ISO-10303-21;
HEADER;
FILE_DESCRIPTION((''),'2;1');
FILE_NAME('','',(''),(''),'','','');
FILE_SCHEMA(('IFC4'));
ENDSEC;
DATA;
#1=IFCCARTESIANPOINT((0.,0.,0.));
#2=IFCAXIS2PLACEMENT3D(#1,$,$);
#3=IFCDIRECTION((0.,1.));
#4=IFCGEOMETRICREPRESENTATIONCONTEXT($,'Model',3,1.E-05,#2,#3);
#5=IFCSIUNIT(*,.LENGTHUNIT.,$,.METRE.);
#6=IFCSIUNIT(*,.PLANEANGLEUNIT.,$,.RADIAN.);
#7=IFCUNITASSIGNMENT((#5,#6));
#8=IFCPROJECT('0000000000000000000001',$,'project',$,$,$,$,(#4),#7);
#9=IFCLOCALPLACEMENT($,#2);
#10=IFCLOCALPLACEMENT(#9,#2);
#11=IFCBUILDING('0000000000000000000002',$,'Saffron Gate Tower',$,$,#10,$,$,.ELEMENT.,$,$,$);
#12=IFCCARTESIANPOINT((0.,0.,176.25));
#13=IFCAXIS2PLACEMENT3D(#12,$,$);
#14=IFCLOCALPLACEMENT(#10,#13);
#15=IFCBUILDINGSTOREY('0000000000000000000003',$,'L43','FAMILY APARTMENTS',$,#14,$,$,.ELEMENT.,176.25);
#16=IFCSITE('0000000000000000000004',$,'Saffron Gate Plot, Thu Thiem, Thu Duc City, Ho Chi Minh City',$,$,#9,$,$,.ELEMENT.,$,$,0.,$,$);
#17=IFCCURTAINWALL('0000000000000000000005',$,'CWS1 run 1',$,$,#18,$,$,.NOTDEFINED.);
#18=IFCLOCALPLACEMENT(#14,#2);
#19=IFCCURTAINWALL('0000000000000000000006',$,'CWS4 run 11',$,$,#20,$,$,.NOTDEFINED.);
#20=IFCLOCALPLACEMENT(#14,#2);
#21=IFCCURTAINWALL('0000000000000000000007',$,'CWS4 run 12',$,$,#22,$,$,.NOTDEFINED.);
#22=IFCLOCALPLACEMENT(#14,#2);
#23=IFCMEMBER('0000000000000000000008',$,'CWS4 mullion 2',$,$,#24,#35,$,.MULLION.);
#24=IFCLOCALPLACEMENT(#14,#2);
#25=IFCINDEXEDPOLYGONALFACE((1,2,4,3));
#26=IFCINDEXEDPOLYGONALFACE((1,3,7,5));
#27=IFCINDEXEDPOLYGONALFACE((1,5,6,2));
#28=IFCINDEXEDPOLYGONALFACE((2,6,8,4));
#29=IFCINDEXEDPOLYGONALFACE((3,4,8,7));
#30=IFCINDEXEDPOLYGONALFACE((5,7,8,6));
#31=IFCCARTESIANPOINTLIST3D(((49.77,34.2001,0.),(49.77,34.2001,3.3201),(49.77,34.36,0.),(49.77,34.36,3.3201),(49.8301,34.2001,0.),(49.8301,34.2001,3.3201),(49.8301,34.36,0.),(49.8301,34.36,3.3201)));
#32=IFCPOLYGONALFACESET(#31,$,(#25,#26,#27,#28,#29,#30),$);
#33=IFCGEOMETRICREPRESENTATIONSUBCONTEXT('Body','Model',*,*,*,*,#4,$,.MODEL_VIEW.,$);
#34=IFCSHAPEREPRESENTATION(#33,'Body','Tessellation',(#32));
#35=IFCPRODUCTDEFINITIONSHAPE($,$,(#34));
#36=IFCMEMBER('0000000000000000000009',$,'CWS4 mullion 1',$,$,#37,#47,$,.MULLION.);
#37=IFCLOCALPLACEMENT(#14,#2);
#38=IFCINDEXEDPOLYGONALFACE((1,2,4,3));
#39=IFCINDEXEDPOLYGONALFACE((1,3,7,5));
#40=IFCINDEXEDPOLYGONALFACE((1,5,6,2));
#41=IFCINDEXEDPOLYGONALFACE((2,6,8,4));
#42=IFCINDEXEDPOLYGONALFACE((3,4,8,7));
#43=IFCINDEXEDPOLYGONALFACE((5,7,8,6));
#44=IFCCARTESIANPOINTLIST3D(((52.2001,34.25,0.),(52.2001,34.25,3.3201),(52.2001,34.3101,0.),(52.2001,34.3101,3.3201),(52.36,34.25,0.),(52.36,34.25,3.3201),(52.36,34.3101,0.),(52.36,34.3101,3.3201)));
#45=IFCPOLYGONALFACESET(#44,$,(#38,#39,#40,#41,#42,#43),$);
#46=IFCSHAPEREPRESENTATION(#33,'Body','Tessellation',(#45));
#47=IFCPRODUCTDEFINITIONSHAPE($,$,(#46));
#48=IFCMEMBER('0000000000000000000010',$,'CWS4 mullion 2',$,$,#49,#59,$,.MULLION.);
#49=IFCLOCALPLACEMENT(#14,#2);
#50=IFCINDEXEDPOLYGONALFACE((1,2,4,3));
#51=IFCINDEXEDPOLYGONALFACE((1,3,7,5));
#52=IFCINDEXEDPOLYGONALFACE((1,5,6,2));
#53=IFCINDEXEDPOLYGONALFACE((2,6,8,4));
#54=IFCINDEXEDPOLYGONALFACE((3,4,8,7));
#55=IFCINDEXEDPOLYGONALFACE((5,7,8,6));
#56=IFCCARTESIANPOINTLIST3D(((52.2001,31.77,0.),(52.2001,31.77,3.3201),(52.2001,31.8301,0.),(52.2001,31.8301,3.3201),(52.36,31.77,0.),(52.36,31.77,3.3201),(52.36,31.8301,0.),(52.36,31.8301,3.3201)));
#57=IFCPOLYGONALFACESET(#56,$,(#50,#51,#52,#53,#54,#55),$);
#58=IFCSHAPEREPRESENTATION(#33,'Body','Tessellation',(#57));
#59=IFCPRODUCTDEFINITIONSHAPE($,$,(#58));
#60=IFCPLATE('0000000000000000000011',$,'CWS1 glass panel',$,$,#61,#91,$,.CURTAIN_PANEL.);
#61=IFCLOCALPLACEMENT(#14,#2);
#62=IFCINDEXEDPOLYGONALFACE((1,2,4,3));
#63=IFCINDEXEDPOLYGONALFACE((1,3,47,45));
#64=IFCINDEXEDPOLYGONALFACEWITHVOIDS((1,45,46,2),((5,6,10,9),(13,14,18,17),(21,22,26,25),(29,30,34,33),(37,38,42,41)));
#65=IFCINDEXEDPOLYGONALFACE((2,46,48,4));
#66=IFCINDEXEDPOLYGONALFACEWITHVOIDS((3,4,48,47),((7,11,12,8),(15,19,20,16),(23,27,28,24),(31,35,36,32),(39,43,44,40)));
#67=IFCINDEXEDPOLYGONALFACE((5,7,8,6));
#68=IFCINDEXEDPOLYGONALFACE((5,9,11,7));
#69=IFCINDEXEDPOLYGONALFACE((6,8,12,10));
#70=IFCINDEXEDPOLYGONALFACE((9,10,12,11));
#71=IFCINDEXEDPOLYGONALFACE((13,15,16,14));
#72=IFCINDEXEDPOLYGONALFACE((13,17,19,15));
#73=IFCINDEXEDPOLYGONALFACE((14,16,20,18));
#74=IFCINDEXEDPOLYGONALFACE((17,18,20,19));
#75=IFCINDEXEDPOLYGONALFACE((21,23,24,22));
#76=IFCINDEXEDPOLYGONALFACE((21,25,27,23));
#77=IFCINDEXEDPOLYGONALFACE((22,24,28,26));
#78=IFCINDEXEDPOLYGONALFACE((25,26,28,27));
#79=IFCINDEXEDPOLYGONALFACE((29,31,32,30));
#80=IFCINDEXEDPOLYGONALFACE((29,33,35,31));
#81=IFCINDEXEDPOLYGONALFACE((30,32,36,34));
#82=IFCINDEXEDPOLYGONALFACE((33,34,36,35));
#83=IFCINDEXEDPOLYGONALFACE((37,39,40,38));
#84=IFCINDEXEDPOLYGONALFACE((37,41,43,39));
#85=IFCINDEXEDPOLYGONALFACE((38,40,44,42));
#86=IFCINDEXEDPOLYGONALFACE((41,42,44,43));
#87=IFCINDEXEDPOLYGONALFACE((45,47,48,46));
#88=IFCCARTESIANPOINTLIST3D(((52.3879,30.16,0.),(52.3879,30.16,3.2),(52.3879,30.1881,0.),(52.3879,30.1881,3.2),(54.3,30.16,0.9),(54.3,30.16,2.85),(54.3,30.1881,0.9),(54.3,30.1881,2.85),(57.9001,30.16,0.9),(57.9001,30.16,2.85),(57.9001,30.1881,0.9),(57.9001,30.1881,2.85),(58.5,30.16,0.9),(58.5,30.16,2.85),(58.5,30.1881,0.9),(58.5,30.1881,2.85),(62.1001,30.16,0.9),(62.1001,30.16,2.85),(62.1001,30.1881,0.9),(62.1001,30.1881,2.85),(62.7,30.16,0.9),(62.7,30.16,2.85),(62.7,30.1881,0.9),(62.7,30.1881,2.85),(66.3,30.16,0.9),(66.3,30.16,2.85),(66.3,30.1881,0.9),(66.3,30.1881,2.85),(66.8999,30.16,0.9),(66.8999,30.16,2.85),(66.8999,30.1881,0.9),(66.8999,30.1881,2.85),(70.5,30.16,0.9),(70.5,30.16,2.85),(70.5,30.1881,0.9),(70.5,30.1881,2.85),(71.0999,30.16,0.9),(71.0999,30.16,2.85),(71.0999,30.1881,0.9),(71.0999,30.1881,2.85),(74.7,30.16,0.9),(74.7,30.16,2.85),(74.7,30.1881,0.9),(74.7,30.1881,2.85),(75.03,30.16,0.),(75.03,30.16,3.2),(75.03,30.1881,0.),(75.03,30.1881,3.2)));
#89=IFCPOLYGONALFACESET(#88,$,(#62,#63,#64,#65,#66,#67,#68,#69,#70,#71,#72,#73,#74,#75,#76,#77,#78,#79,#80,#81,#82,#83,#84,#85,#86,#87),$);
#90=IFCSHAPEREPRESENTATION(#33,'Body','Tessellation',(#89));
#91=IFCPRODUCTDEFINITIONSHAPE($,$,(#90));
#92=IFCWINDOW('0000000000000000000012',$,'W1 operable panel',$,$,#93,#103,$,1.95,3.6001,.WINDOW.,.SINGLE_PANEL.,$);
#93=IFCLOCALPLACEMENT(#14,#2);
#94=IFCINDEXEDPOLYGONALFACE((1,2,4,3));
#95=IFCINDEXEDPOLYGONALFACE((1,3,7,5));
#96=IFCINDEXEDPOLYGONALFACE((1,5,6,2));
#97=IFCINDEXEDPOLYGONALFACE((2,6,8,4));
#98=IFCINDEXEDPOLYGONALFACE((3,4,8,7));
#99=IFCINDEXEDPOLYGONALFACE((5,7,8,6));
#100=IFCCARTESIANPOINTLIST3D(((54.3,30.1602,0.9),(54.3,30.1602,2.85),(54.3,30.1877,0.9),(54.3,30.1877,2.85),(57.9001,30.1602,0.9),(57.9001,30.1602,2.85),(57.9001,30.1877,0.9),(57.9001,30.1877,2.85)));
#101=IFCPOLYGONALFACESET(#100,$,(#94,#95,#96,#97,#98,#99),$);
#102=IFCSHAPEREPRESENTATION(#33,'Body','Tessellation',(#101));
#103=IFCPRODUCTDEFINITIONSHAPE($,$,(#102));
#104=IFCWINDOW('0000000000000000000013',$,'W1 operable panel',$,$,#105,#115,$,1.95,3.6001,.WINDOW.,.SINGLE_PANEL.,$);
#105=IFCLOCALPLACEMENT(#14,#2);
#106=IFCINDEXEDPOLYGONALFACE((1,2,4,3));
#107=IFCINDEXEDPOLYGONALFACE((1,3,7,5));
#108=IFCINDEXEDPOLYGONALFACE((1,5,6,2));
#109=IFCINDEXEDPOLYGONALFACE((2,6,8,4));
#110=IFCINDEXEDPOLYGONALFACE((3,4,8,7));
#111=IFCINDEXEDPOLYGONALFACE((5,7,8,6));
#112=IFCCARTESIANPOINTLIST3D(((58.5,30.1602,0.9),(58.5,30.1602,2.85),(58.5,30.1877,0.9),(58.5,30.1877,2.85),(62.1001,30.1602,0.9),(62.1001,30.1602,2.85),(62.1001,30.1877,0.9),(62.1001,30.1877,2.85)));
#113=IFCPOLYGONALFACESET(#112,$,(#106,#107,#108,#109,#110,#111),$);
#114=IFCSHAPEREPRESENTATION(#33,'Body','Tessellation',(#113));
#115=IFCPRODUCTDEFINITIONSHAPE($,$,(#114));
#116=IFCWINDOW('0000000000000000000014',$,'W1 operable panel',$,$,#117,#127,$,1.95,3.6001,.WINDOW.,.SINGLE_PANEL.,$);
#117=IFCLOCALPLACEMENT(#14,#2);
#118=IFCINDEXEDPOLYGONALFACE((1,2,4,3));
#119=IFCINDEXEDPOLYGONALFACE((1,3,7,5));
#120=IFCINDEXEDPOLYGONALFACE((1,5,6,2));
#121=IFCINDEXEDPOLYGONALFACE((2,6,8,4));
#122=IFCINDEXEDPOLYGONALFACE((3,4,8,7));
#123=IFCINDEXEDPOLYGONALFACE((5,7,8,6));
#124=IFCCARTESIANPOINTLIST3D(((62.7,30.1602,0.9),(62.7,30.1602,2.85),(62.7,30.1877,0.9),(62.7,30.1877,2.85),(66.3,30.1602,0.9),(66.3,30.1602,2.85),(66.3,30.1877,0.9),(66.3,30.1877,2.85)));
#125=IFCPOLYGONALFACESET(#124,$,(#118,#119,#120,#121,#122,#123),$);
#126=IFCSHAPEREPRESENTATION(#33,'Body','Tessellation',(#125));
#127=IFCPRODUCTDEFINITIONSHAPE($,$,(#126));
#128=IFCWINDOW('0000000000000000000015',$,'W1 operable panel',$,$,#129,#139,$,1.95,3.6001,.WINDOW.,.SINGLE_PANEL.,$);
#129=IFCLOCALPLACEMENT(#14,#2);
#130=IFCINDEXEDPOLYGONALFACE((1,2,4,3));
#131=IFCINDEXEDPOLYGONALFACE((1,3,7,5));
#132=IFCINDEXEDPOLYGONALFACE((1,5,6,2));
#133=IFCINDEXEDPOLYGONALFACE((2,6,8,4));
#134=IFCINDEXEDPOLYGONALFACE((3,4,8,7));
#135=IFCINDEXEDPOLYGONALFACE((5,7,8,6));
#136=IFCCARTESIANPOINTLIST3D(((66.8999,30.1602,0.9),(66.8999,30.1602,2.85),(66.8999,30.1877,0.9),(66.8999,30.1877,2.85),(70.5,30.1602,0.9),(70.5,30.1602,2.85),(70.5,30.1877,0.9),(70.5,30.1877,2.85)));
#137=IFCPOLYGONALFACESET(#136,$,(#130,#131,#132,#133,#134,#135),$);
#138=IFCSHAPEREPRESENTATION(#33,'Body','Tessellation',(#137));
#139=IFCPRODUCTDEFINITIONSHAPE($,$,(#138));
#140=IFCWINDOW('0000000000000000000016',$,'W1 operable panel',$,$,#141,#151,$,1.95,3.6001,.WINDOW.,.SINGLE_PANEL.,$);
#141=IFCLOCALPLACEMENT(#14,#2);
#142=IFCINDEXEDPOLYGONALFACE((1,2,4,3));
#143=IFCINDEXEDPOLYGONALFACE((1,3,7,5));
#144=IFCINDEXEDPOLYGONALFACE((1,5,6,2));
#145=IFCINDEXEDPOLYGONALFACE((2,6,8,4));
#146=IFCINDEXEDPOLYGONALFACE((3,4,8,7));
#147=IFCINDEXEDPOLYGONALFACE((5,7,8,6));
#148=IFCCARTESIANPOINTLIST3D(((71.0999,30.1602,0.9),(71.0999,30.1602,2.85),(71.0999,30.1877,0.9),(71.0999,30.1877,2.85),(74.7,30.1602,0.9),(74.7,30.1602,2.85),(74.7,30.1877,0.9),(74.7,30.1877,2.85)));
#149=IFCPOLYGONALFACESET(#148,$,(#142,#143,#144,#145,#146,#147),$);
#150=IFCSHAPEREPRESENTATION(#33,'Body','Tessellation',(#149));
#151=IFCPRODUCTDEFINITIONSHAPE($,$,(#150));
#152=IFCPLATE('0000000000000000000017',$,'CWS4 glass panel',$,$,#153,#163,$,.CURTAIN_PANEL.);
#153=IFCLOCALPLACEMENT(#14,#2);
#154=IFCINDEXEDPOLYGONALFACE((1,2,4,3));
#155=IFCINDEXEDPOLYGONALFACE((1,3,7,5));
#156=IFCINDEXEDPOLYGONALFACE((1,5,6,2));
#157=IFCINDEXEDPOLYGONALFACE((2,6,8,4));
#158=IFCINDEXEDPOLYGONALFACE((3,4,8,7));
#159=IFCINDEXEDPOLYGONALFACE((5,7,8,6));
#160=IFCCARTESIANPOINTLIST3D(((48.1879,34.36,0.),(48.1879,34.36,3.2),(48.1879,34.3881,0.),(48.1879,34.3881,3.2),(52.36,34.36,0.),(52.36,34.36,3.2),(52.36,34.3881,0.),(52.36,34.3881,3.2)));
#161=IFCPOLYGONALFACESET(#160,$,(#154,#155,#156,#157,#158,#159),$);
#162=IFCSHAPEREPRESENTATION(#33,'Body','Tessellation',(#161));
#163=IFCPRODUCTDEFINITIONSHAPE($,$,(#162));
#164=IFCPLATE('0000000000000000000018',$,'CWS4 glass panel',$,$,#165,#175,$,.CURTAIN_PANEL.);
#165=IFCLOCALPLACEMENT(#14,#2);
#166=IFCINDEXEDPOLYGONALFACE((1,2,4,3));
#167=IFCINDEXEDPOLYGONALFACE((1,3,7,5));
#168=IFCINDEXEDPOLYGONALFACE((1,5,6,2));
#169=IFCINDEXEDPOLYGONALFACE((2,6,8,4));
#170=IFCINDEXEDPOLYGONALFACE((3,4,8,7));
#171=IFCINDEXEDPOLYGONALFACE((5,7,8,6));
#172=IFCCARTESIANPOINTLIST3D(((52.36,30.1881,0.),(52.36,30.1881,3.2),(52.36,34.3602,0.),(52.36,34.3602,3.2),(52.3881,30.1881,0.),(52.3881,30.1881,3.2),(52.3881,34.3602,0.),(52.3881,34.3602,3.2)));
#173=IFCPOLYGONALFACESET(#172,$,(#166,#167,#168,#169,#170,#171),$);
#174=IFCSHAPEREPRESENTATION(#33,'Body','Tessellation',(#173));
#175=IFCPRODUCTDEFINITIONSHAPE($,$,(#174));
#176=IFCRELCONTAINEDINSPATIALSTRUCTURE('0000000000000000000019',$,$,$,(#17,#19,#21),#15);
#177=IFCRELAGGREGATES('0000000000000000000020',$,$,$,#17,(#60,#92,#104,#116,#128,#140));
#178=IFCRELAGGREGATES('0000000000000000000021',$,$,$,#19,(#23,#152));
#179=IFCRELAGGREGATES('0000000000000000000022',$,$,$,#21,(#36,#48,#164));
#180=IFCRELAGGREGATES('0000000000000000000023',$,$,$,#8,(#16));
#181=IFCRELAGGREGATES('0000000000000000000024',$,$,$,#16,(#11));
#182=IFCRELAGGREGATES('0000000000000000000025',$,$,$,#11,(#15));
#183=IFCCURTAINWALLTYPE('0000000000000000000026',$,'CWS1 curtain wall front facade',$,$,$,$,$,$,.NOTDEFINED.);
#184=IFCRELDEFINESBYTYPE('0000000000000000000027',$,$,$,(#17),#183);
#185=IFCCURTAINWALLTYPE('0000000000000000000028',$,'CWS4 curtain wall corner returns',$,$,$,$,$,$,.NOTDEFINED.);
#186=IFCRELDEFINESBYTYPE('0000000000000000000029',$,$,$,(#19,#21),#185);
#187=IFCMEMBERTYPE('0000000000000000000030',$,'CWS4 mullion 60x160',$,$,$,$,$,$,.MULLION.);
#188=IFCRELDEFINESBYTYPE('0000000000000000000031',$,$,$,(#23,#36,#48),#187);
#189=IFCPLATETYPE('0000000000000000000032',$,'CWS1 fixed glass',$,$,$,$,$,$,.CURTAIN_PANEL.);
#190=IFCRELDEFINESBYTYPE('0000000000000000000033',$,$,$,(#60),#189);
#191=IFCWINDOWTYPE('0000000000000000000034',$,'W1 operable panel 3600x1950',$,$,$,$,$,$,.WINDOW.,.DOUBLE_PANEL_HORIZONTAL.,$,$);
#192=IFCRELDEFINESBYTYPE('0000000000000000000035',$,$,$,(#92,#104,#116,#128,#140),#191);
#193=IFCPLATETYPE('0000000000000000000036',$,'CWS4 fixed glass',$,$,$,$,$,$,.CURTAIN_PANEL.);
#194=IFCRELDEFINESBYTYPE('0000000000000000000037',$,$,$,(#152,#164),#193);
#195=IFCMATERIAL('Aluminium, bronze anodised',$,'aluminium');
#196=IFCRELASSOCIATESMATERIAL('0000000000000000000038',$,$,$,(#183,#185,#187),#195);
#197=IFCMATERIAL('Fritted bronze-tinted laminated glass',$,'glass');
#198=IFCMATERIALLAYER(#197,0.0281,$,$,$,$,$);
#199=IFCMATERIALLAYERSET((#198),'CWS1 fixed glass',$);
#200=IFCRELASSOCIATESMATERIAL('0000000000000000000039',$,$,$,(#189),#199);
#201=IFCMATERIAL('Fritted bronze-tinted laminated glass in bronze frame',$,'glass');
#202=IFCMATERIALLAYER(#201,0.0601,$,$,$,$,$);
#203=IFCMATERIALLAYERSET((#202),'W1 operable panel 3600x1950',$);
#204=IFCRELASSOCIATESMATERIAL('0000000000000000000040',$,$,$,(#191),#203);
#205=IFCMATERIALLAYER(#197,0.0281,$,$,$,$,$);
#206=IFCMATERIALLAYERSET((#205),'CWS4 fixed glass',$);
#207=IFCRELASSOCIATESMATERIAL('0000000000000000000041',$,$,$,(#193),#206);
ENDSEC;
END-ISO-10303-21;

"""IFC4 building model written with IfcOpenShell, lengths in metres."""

from ifc_helpers import new_model, si_unit, direction, frame, frame_2d, origin, origin_2d, place, context, subcontext, project, spatial, rectangle, extrude, material, layer, layer_set, material_profile, profile_set, type_object, element, fill, aggregate, save


model = new_model("IFC4")

# Units and contexts
model_context = context("Model", 3, precision=1e-05, world=origin(), true_north=direction((0.0, 1.0)))
body_context = subcontext(model_context, "Body", "Model", "MODEL_VIEW")
ifc_project = project(units=[si_unit("LENGTHUNIT", "METRE"), si_unit("PLANEANGLEUNIT", "RADIAN")], contexts=[model_context])

# Site, building, storey
site_placement = place(None, origin())
site = spatial("IfcSite", under=ifc_project, at=site_placement, Name="Saffron Gate Plot, Thu Thiem, Thu Duc City, Ho Chi Minh City", CompositionType="ELEMENT", RefElevation=0.0)
building_placement = place(site_placement, origin())
building = spatial("IfcBuilding", under=site, at=building_placement, Name="Saffron Gate Tower", CompositionType="ELEMENT")
storey_placement = place(building_placement, frame((0.0, 0.0, 176.25)))
storey = spatial("IfcBuildingStorey", under=building, at=storey_placement, Name="L43", Description="FAMILY APARTMENTS", CompositionType="ELEMENT", Elevation=176.25)

# Curtain wall
ifc_material_1 = material(Name="Aluminium, bronze anodised", Category="aluminium")
curtain_wall_type_1 = type_object("IfcCurtainWallType", Name="CWS1 curtain wall front facade", PredefinedType="NOTDEFINED", material=ifc_material_1)
curtain_wall_1_placement = place(storey_placement, origin())
curtain_wall_1 = element("IfcCurtainWall", 1, at=curtain_wall_1_placement, inside=storey, type_object=curtain_wall_type_1, Name="CWS1 run 1", PredefinedType="NOTDEFINED")

# Curtain walls
curtain_wall_type_2 = type_object("IfcCurtainWallType", Name="CWS4 curtain wall corner returns", PredefinedType="NOTDEFINED", material=ifc_material_1)
curtain_wall_2_placement = place(storey_placement, origin())
curtain_wall_2 = element("IfcCurtainWall", 2, at=curtain_wall_2_placement, inside=storey, type_object=curtain_wall_type_2, Name="CWS4 run 11", PredefinedType="NOTDEFINED")
curtain_wall_3_placement = place(storey_placement, origin())
curtain_wall_3 = element("IfcCurtainWall", 3, at=curtain_wall_3_placement, inside=storey, type_object=curtain_wall_type_2, Name="CWS4 run 12", PredefinedType="NOTDEFINED")

# Members
ifc_material_profile_1 = material_profile(ifc_material_1, rectangle(XDim=0.1599, YDim=0.0601, at=origin_2d()))
ifc_profile_set_1 = profile_set([ifc_material_profile_1], Name="Aluminium, bronze anodised")
member_type_1 = type_object("IfcMemberType", Name="CWS4 mullion 60x160", PredefinedType="MULLION", material=ifc_profile_set_1)
member_1_placement = place(storey_placement, frame((49.8, 34.28, 0.0), z_axis=(0.0, 0.0, 1.0), x_axis=(0.0, 1.0, 0.0)))
member_1 = element("IfcMember", 4, at=member_1_placement, type_object=member_type_1, Name="CWS4 mullion 2", PredefinedType="MULLION", context=body_context, shape_type="SweptSolid", body=[
    extrude(rectangle(XDim=0.1599, YDim=0.0601, at=origin_2d()), origin(), (0.0, 0.0, 1.0), 3.3201),
])
member_2_placement = place(storey_placement, frame((52.28, 34.28, 0.0), z_axis=(0.0, 0.0, 1.0), x_axis=(1.0, 0.0, 0.0)))
member_2 = element("IfcMember", 5, at=member_2_placement, type_object=member_type_1, Name="CWS4 mullion 1", PredefinedType="MULLION", context=body_context, shape_type="SweptSolid", body=[
    extrude(rectangle(XDim=0.1599, YDim=0.0601, at=origin_2d()), origin(), (0.0, 0.0, 1.0), 3.3201),
])
member_3_placement = place(storey_placement, frame((52.28, 31.8, 0.0), z_axis=(0.0, 0.0, 1.0), x_axis=(1.0, 0.0, 0.0)))
member_3 = element("IfcMember", 6, at=member_3_placement, type_object=member_type_1, Name="CWS4 mullion 2", PredefinedType="MULLION", context=body_context, shape_type="SweptSolid", body=[
    extrude(rectangle(XDim=0.1599, YDim=0.0601, at=origin_2d()), origin(), (0.0, 0.0, 1.0), 3.3201),
])

# Plate, openings, windows
ifc_material_2 = material(Name="Fritted bronze-tinted laminated glass", Category="glass")
ifc_layer_1 = layer(ifc_material_2, 0.0281)
ifc_layer_set_1 = layer_set([ifc_layer_1], Name="CWS1 fixed glass")
plate_type_1 = type_object("IfcPlateType", Name="CWS1 fixed glass", PredefinedType="CURTAIN_PANEL", material=ifc_layer_set_1)
plate_1_placement = place(storey_placement, frame((52.3879, 30.1741, 0.0), z_axis=(0.0, 0.0, 1.0), x_axis=(1.0, 0.0, 0.0)))
plate_1 = element("IfcPlate", 7, at=plate_1_placement, type_object=plate_type_1, Name="CWS1 glass panel", PredefinedType="CURTAIN_PANEL", context=body_context, shape_type="SweptSolid", body=[
    extrude(rectangle(XDim=22.6421, YDim=0.0281, at=frame_2d((11.321, 0.0))), origin(), (0.0, 0.0, 1.0), 3.2),
])
opening_1_placement = place(plate_1_placement, frame((1.9121, 0.0, 0.8999)))
opening_1 = element("IfcOpeningElement", 8, at=opening_1_placement, cuts=plate_1, PredefinedType="OPENING", context=body_context, shape_type="SweptSolid", body=[
    extrude(rectangle(XDim=3.6001, YDim=1.95, at=frame_2d((1.8, 0.9751))), frame((0.0, 0.0239, 0.0), z_axis=(0.0, -1.0, 0.0), x_axis=(1.0, 0.0, 0.0)), (0.0, 0.0, 1.0), 0.0481),
])
opening_2_placement = place(plate_1_placement, frame((6.1121, 0.0, 0.8999)))
opening_2 = element("IfcOpeningElement", 9, at=opening_2_placement, cuts=plate_1, PredefinedType="OPENING", context=body_context, shape_type="SweptSolid", body=[
    extrude(rectangle(XDim=3.6001, YDim=1.95, at=frame_2d((1.8, 0.9751))), frame((0.0, 0.0239, 0.0), z_axis=(0.0, -1.0, 0.0), x_axis=(1.0, 0.0, 0.0)), (0.0, 0.0, 1.0), 0.0481),
])
opening_3_placement = place(plate_1_placement, frame((10.312, 0.0, 0.8999)))
opening_3 = element("IfcOpeningElement", 10, at=opening_3_placement, cuts=plate_1, PredefinedType="OPENING", context=body_context, shape_type="SweptSolid", body=[
    extrude(rectangle(XDim=3.6001, YDim=1.95, at=frame_2d((1.8, 0.9751))), frame((0.0, 0.0239, 0.0), z_axis=(0.0, -1.0, 0.0), x_axis=(1.0, 0.0, 0.0)), (0.0, 0.0, 1.0), 0.0481),
])
opening_4_placement = place(plate_1_placement, frame((14.512, 0.0, 0.8999)))
opening_4 = element("IfcOpeningElement", 11, at=opening_4_placement, cuts=plate_1, PredefinedType="OPENING", context=body_context, shape_type="SweptSolid", body=[
    extrude(rectangle(XDim=3.6001, YDim=1.95, at=frame_2d((1.8, 0.9751))), frame((0.0, 0.0239, 0.0), z_axis=(0.0, -1.0, 0.0), x_axis=(1.0, 0.0, 0.0)), (0.0, 0.0, 1.0), 0.0481),
])
opening_5_placement = place(plate_1_placement, frame((18.7119, 0.0, 0.8999)))
opening_5 = element("IfcOpeningElement", 12, at=opening_5_placement, cuts=plate_1, PredefinedType="OPENING", context=body_context, shape_type="SweptSolid", body=[
    extrude(rectangle(XDim=3.6001, YDim=1.95, at=frame_2d((1.8, 0.9751))), frame((0.0, 0.0239, 0.0), z_axis=(0.0, -1.0, 0.0), x_axis=(1.0, 0.0, 0.0)), (0.0, 0.0, 1.0), 0.0481),
])
ifc_material_3 = material(Name="Fritted bronze-tinted laminated glass in bronze frame", Category="glass")
ifc_layer_2 = layer(ifc_material_3, 0.0601)
ifc_layer_set_2 = layer_set([ifc_layer_2], Name="W1 operable panel 3600x1950")
window_type = type_object("IfcWindowType", Name="W1 operable panel 3600x1950", PartitioningType="DOUBLE_PANEL_HORIZONTAL", PredefinedType="WINDOW", material=ifc_layer_set_2)
window_1_placement = place(opening_1_placement, origin())
window_1 = element("IfcWindow", 13, at=window_1_placement, type_object=window_type, Name="W1 operable panel", OverallHeight=1.95, OverallWidth=3.6001, PartitioningType="SINGLE_PANEL", PredefinedType="WINDOW", context=body_context, shape_type="SweptSolid", body=[
    extrude(rectangle(XDim=3.6001, YDim=1.95, at=frame_2d((1.8, 0.9751))), frame((0.0, 0.0137, 0.0), z_axis=(0.0, -1.0, 0.0), x_axis=(1.0, 0.0, 0.0)), (0.0, 0.0, 1.0), 0.0276),
])
fill(opening_1, window_1)
window_2_placement = place(opening_2_placement, origin())
window_2 = element("IfcWindow", 14, at=window_2_placement, type_object=window_type, Name="W1 operable panel", OverallHeight=1.95, OverallWidth=3.6001, PartitioningType="SINGLE_PANEL", PredefinedType="WINDOW", context=body_context, shape_type="SweptSolid", body=[
    extrude(rectangle(XDim=3.6001, YDim=1.95, at=frame_2d((1.8, 0.9751))), frame((0.0, 0.0137, 0.0), z_axis=(0.0, -1.0, 0.0), x_axis=(1.0, 0.0, 0.0)), (0.0, 0.0, 1.0), 0.0276),
])
fill(opening_2, window_2)
window_3_placement = place(opening_3_placement, origin())
window_3 = element("IfcWindow", 15, at=window_3_placement, type_object=window_type, Name="W1 operable panel", OverallHeight=1.95, OverallWidth=3.6001, PartitioningType="SINGLE_PANEL", PredefinedType="WINDOW", context=body_context, shape_type="SweptSolid", body=[
    extrude(rectangle(XDim=3.6001, YDim=1.95, at=frame_2d((1.8, 0.9751))), frame((0.0, 0.0137, 0.0), z_axis=(0.0, -1.0, 0.0), x_axis=(1.0, 0.0, 0.0)), (0.0, 0.0, 1.0), 0.0276),
])
fill(opening_3, window_3)
window_4_placement = place(opening_4_placement, origin())
window_4 = element("IfcWindow", 16, at=window_4_placement, type_object=window_type, Name="W1 operable panel", OverallHeight=1.95, OverallWidth=3.6001, PartitioningType="SINGLE_PANEL", PredefinedType="WINDOW", context=body_context, shape_type="SweptSolid", body=[
    extrude(rectangle(XDim=3.6001, YDim=1.95, at=frame_2d((1.8, 0.9751))), frame((0.0, 0.0137, 0.0), z_axis=(0.0, -1.0, 0.0), x_axis=(1.0, 0.0, 0.0)), (0.0, 0.0, 1.0), 0.0276),
])
fill(opening_4, window_4)
window_5_placement = place(opening_5_placement, origin())
window_5 = element("IfcWindow", 17, at=window_5_placement, type_object=window_type, Name="W1 operable panel", OverallHeight=1.95, OverallWidth=3.6001, PartitioningType="SINGLE_PANEL", PredefinedType="WINDOW", context=body_context, shape_type="SweptSolid", body=[
    extrude(rectangle(XDim=3.6001, YDim=1.95, at=frame_2d((1.8, 0.9751))), frame((0.0, 0.0137, 0.0), z_axis=(0.0, -1.0, 0.0), x_axis=(1.0, 0.0, 0.0)), (0.0, 0.0, 1.0), 0.0276),
])
fill(opening_5, window_5)
aggregate(curtain_wall_1, [plate_1, window_1, window_2, window_3, window_4, window_5])

# Plates
ifc_layer_3 = layer(ifc_material_2, 0.0281)
ifc_layer_set_3 = layer_set([ifc_layer_3], Name="CWS4 fixed glass")
plate_type_2 = type_object("IfcPlateType", Name="CWS4 fixed glass", PredefinedType="CURTAIN_PANEL", material=ifc_layer_set_3)
plate_2_placement = place(storey_placement, frame((48.188, 34.374, 0.0), z_axis=(0.0, 0.0, 1.0), x_axis=(1.0, 0.0, 0.0)))
plate_2 = element("IfcPlate", 18, at=plate_2_placement, type_object=plate_type_2, Name="CWS4 glass panel", PredefinedType="CURTAIN_PANEL", context=body_context, shape_type="SweptSolid", body=[
    extrude(rectangle(XDim=4.1721, YDim=0.0281, at=frame_2d((2.0859, 0.0))), origin(), (0.0, 0.0, 1.0), 3.2),
])
aggregate(curtain_wall_2, [member_1, plate_2])
plate_3_placement = place(storey_placement, frame((52.374, 34.3601, 0.0), z_axis=(0.0, 0.0, 1.0), x_axis=(0.0, -1.0, 0.0)))
plate_3 = element("IfcPlate", 19, at=plate_3_placement, type_object=plate_type_2, Name="CWS4 glass panel", PredefinedType="CURTAIN_PANEL", context=body_context, shape_type="SweptSolid", body=[
    extrude(rectangle(XDim=4.1721, YDim=0.0281, at=frame_2d((2.0859, 0.0))), origin(), (0.0, 0.0, 1.0), 3.2),
])
aggregate(curtain_wall_3, [member_2, member_3, plate_3])

save(model, "model.ifc")
